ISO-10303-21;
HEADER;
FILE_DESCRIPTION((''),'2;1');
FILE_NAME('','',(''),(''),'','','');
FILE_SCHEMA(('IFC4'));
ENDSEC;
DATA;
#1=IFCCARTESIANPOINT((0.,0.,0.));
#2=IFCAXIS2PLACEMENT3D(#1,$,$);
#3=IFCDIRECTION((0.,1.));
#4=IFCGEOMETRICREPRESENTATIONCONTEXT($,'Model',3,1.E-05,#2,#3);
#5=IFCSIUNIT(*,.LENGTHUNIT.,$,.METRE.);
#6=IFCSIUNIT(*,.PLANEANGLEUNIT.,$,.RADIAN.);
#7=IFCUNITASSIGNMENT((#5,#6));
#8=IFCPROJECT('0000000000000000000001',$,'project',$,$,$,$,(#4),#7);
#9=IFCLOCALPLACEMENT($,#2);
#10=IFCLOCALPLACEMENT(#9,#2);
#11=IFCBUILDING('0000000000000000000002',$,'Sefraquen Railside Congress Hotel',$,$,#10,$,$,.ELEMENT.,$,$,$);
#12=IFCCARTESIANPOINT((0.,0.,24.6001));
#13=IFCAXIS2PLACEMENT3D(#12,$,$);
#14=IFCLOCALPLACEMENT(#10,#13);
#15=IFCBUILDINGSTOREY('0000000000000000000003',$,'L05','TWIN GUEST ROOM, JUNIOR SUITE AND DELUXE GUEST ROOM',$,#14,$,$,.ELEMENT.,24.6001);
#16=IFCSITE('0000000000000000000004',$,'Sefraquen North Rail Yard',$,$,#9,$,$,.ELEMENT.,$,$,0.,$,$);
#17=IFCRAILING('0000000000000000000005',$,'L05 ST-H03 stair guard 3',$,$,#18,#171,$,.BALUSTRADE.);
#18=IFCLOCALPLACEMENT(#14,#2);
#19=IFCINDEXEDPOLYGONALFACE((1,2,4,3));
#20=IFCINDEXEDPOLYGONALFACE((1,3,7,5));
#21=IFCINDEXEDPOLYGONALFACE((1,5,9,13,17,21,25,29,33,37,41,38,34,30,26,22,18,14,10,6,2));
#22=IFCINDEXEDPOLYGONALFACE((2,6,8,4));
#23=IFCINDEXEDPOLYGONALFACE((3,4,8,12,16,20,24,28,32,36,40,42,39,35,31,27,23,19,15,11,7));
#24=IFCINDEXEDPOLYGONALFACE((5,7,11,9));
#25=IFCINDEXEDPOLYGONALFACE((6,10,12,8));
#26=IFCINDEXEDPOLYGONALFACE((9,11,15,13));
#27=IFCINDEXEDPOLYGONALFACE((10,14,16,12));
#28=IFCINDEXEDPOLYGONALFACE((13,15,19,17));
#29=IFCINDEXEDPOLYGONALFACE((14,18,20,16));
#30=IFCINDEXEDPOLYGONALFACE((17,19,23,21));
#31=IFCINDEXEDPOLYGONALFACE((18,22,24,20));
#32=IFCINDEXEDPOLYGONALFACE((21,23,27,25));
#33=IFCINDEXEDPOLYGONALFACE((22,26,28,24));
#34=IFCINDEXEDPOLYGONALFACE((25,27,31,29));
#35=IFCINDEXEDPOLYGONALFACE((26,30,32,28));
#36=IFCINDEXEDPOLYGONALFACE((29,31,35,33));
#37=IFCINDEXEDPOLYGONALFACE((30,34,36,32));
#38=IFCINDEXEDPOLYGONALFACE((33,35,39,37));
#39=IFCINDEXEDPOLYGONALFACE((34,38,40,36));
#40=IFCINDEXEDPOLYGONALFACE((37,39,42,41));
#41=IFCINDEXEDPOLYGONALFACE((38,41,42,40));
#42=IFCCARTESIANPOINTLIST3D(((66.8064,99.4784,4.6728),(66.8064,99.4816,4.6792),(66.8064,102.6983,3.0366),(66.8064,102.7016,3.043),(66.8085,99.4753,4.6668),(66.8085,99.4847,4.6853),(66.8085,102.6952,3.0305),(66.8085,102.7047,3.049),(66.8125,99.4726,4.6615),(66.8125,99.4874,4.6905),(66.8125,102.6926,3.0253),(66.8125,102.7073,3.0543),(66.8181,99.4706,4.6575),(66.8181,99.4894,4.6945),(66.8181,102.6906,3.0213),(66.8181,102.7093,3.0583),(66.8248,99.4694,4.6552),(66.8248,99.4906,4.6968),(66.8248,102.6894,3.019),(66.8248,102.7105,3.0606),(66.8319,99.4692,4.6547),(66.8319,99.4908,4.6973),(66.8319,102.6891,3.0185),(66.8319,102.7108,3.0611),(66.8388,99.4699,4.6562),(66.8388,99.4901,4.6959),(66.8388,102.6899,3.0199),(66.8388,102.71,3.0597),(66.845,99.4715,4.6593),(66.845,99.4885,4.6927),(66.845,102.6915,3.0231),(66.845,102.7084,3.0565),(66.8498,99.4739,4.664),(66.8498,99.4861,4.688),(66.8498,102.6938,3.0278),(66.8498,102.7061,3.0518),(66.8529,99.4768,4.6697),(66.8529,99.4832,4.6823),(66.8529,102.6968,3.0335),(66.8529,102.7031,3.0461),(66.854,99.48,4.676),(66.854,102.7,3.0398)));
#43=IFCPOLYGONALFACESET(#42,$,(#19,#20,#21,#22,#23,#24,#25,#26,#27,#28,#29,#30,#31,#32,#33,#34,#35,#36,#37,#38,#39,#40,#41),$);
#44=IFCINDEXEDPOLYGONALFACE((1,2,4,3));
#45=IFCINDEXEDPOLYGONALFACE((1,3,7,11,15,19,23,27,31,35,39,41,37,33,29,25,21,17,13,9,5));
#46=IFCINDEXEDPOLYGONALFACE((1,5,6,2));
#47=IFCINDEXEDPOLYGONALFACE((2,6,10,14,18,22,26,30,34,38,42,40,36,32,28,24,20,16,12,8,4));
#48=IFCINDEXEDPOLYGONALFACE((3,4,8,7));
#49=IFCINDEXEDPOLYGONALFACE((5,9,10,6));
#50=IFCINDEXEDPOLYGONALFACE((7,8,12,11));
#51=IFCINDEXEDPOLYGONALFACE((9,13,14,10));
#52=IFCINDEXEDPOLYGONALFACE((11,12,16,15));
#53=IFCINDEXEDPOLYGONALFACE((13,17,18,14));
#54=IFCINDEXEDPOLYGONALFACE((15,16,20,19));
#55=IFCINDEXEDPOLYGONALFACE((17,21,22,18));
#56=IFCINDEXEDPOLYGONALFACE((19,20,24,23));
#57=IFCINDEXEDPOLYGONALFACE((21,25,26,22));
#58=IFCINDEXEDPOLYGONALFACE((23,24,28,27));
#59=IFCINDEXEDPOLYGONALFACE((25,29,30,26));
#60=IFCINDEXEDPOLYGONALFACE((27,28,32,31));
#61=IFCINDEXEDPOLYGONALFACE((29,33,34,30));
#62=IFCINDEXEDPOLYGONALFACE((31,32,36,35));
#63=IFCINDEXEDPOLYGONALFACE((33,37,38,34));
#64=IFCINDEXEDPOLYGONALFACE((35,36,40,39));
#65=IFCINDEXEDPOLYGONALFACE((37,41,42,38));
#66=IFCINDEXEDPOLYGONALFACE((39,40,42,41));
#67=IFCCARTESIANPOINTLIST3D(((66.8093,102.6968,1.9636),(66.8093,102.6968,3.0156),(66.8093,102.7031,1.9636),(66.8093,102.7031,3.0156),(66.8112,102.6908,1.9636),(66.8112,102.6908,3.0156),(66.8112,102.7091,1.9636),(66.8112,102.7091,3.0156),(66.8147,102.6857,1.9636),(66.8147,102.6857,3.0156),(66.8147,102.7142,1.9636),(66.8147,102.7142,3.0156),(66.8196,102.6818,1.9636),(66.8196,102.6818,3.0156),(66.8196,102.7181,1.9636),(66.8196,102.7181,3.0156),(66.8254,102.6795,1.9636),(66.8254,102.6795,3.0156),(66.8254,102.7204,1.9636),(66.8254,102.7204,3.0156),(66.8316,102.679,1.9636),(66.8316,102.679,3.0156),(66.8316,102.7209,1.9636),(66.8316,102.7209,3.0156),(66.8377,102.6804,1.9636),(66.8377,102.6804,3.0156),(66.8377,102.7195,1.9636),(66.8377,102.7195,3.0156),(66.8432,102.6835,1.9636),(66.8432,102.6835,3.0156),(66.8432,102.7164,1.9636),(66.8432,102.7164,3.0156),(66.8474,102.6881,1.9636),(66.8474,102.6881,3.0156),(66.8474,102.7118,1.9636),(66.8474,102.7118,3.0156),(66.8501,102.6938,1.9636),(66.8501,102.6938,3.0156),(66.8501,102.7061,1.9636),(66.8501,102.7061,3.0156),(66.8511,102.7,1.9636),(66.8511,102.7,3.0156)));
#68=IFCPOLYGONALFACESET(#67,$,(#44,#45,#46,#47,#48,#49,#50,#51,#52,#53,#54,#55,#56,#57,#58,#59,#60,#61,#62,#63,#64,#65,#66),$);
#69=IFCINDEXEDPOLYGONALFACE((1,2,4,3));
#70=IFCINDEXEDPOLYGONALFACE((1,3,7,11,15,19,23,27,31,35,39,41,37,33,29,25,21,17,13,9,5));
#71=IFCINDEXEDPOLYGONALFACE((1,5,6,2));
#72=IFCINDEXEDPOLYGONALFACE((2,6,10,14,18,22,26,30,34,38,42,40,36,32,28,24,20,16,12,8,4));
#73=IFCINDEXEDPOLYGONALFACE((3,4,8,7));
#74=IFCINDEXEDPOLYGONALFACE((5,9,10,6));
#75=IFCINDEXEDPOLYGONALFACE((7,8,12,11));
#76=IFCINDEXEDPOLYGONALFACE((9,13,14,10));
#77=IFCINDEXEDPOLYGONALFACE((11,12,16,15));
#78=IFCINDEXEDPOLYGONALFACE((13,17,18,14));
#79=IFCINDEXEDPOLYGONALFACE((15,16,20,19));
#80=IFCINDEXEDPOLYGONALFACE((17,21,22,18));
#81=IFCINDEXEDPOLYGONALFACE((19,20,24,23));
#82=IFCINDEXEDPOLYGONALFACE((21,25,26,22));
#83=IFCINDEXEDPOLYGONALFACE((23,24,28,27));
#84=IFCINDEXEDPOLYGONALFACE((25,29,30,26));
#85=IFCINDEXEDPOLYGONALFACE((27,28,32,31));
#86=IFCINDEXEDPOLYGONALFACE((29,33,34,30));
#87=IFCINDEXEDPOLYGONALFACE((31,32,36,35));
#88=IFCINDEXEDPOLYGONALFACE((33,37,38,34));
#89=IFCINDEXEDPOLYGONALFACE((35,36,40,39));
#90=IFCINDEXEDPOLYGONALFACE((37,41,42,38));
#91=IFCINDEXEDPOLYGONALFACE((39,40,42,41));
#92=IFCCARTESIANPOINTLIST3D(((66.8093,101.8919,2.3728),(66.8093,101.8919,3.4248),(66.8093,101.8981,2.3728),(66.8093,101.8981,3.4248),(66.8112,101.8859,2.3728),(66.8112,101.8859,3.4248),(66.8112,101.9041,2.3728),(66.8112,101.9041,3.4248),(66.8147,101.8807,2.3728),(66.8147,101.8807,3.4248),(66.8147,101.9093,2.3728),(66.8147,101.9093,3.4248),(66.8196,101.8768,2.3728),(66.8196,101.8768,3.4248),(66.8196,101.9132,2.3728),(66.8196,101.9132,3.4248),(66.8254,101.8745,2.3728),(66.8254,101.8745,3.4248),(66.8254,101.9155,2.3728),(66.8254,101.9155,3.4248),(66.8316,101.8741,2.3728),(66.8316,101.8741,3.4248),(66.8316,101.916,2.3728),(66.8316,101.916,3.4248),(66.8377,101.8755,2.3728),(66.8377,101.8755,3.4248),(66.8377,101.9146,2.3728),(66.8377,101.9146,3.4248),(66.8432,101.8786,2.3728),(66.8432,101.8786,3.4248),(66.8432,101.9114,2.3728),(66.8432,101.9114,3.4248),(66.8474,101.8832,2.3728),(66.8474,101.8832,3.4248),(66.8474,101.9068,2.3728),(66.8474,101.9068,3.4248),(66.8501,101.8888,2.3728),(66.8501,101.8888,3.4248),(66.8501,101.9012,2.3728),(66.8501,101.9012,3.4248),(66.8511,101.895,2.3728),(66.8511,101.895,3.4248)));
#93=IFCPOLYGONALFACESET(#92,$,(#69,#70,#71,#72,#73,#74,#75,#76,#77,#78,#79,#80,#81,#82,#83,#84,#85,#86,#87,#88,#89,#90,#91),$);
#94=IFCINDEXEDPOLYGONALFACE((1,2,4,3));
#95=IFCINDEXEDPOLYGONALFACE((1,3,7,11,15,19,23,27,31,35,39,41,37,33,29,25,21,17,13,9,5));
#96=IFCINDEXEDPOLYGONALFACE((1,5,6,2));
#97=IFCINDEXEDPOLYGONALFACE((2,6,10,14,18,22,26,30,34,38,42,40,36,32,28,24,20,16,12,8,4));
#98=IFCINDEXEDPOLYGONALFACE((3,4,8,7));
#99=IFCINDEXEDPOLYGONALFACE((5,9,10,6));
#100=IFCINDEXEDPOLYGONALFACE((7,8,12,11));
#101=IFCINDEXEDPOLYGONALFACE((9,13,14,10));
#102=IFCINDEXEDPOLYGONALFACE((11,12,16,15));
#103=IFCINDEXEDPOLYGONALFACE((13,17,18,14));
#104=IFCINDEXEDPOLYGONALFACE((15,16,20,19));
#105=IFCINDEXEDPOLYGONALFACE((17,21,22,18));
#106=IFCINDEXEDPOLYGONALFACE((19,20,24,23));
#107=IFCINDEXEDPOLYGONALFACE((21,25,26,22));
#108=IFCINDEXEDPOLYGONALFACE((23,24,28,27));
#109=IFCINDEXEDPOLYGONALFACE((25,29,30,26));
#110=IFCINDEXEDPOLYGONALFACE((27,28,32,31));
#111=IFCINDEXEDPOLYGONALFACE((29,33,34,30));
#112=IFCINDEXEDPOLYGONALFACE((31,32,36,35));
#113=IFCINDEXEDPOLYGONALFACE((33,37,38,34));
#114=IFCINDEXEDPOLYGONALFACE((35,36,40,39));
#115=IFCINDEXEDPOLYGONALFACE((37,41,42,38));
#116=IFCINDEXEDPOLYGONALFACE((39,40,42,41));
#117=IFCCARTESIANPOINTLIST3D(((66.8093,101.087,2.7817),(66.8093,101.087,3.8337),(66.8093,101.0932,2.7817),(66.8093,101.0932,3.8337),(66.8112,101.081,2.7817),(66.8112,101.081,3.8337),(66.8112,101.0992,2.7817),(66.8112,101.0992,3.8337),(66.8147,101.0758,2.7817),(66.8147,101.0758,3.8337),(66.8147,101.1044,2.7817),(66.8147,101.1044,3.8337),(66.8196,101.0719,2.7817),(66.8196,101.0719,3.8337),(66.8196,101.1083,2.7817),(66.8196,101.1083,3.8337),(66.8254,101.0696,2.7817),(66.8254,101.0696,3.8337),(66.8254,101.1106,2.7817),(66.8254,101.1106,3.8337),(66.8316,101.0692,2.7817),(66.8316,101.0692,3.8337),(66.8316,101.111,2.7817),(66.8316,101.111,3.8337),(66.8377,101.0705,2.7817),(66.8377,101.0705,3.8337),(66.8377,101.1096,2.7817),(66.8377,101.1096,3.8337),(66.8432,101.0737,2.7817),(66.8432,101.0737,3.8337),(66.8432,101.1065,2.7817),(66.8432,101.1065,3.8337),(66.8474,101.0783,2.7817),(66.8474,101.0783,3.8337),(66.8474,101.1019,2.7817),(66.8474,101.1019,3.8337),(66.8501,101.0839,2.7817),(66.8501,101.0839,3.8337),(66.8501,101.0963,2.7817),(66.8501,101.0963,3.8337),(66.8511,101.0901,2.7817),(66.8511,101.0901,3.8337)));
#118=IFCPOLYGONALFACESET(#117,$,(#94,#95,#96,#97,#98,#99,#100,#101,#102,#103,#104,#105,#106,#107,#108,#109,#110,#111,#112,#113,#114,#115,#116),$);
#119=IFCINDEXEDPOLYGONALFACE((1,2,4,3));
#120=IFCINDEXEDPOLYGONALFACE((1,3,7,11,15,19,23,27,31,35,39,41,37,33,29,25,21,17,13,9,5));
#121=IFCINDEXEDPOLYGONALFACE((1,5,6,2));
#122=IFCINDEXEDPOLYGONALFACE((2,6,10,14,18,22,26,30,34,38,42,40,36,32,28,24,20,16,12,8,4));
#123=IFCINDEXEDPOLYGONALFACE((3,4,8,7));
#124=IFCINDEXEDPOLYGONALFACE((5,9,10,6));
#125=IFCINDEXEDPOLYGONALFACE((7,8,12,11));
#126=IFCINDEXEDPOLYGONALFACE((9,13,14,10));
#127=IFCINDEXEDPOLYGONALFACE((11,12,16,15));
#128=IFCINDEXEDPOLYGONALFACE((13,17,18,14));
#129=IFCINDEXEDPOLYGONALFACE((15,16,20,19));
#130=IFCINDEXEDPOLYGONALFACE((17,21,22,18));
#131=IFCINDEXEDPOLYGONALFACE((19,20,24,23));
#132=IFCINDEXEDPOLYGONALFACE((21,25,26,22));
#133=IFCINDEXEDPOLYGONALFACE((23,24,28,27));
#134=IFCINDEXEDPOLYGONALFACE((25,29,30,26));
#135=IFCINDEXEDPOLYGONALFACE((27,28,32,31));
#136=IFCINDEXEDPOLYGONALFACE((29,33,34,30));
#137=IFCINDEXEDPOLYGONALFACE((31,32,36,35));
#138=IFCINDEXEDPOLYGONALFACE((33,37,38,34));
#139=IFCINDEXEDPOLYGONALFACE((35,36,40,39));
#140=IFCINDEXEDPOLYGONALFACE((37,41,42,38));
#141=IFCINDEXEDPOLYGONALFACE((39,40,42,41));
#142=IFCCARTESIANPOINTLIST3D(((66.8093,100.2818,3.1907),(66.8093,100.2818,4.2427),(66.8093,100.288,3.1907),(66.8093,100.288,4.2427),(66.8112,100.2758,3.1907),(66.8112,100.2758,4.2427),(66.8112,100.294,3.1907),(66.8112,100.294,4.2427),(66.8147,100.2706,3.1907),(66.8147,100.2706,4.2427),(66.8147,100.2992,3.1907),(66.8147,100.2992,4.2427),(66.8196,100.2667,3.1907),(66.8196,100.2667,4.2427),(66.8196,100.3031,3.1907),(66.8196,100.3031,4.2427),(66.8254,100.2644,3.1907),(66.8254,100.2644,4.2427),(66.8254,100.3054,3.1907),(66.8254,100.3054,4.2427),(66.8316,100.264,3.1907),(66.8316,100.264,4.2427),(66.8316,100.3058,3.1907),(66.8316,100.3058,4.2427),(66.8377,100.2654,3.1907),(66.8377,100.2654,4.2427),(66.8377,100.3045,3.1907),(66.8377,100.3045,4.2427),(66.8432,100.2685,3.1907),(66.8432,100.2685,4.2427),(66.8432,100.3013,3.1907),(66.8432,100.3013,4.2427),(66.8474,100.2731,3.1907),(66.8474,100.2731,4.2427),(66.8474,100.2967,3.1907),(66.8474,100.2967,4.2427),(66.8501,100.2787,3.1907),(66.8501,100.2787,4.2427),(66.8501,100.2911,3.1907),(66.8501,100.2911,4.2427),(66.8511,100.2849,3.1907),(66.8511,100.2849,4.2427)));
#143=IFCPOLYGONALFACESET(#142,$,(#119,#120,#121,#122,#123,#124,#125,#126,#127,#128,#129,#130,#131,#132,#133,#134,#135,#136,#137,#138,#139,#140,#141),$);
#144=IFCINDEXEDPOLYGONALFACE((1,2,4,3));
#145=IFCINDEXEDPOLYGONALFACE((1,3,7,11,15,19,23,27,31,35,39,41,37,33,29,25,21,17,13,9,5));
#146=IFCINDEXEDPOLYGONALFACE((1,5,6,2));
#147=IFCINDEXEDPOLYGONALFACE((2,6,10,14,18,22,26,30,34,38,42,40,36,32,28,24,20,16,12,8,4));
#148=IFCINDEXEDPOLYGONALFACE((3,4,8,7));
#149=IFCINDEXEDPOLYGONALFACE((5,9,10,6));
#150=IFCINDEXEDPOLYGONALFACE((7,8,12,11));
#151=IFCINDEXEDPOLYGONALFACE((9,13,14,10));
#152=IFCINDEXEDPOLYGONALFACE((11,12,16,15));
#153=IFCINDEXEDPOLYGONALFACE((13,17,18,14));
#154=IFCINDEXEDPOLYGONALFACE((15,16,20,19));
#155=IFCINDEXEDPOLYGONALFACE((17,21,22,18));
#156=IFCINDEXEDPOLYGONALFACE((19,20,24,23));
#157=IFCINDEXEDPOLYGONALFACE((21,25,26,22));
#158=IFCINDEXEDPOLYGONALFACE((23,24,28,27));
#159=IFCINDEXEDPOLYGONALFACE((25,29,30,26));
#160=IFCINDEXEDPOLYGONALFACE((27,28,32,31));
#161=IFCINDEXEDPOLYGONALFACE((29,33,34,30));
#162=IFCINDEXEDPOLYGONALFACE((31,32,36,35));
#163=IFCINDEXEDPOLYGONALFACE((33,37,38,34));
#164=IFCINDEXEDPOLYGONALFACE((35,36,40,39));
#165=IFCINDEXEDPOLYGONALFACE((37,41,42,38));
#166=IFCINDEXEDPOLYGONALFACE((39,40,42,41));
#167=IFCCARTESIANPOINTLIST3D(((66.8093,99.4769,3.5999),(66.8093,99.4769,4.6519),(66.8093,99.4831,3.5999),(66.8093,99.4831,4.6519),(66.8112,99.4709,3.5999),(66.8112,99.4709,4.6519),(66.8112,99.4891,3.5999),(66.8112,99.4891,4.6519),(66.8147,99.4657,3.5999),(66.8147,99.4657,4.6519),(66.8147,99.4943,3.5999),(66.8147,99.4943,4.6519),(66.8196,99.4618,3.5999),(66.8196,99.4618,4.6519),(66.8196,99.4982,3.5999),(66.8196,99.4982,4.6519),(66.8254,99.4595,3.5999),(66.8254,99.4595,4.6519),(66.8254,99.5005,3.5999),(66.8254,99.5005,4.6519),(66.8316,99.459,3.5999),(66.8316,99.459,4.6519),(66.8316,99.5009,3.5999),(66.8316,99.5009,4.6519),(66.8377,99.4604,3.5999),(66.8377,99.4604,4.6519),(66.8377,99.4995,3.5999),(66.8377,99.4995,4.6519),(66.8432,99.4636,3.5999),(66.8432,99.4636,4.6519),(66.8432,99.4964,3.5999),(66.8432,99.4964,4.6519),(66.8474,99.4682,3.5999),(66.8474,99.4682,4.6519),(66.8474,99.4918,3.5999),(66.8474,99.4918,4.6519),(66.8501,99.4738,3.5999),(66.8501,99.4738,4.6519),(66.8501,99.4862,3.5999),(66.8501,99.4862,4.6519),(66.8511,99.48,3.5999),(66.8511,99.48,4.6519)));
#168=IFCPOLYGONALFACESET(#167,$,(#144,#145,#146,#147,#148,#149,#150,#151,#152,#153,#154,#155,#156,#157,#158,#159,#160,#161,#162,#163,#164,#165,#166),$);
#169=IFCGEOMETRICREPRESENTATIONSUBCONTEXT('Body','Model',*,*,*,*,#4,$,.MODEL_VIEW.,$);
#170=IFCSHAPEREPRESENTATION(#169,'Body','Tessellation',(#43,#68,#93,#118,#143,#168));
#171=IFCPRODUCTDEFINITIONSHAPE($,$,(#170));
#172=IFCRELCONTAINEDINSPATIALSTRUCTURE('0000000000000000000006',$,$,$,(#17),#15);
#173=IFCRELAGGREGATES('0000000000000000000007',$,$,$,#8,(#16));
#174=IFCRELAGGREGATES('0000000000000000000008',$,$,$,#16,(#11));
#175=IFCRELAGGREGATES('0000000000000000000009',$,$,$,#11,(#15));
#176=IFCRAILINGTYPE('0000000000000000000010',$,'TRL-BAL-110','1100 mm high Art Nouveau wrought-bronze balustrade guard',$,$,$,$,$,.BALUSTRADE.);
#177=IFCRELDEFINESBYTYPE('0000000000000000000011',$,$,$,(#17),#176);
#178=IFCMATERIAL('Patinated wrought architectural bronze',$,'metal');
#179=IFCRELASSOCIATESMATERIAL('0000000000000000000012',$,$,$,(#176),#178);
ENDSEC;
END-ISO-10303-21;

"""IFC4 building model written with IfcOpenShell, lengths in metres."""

from ifc_helpers import new_model, si_unit, direction, frame, origin, origin_2d, place, context, subcontext, project, spatial, circle, extrude, material, type_object, element, save


model = new_model("IFC4")

# Units and contexts
model_context = context("Model", 3, precision=1e-05, world=origin(), true_north=direction((0.0, 1.0)))
body_context = subcontext(model_context, "Body", "Model", "MODEL_VIEW")
ifc_project = project(units=[si_unit("LENGTHUNIT", "METRE"), si_unit("PLANEANGLEUNIT", "RADIAN")], contexts=[model_context])

# Site, building, storey
site_placement = place(None, origin())
site = spatial("IfcSite", under=ifc_project, at=site_placement, Name="Sefraquen North Rail Yard", CompositionType="ELEMENT", RefElevation=0.0)
building_placement = place(site_placement, origin())
building = spatial("IfcBuilding", under=site, at=building_placement, Name="Sefraquen Railside Congress Hotel", CompositionType="ELEMENT")
storey_placement = place(building_placement, frame((0.0, 0.0, 24.6001)))
storey = spatial("IfcBuildingStorey", under=building, at=storey_placement, Name="L05", Description="TWIN GUEST ROOM, JUNIOR SUITE AND DELUXE GUEST ROOM", CompositionType="ELEMENT", Elevation=24.6001)

# Railing
ifc_material_1 = material(Name="Patinated wrought architectural bronze", Category="metal")
railing_type_1 = type_object("IfcRailingType", Name="TRL-BAL-110", Description="1100 mm high Art Nouveau wrought-bronze balustrade guard", PredefinedType="BALUSTRADE", material=ifc_material_1)
railing_1_placement = place(storey_placement, frame((66.8301, 102.7, 1.9636)))
element("IfcRailing", 1, at=railing_1_placement, inside=storey, type_object=railing_type_1, Name="L05 ST-H03 stair guard 3", PredefinedType="BALUSTRADE", context=body_context, shape_type="SweptSolid", body=[
    extrude(circle(Radius=0.0239, at=origin_2d()), frame((0.0, 0.0, 1.0762), z_axis=(0.0, -0.891502, 0.453017), x_axis=(1.0, 0.0, 0.0)), (0.0, 0.0, 1.0), 3.6118),
    extrude(circle(Radius=0.021, at=origin_2d()), origin(), (0.0, 0.0, 1.0), 1.052),
    extrude(circle(Radius=0.021, at=origin_2d()), frame((0.0, -0.8049, 0.4092)), (0.0, 0.0, 1.0), 1.052),
    extrude(circle(Radius=0.021, at=origin_2d()), frame((0.0, -1.6099, 0.8181)), (0.0, 0.0, 1.0), 1.052),
    extrude(circle(Radius=0.021, at=origin_2d()), frame((0.0, -2.415, 1.2271)), (0.0, 0.0, 1.0), 1.052),
    extrude(circle(Radius=0.021, at=origin_2d()), frame((0.0, -3.22, 1.6362)), (0.0, 0.0, 1.0), 1.052),
])

save(model, "model.ifc")
